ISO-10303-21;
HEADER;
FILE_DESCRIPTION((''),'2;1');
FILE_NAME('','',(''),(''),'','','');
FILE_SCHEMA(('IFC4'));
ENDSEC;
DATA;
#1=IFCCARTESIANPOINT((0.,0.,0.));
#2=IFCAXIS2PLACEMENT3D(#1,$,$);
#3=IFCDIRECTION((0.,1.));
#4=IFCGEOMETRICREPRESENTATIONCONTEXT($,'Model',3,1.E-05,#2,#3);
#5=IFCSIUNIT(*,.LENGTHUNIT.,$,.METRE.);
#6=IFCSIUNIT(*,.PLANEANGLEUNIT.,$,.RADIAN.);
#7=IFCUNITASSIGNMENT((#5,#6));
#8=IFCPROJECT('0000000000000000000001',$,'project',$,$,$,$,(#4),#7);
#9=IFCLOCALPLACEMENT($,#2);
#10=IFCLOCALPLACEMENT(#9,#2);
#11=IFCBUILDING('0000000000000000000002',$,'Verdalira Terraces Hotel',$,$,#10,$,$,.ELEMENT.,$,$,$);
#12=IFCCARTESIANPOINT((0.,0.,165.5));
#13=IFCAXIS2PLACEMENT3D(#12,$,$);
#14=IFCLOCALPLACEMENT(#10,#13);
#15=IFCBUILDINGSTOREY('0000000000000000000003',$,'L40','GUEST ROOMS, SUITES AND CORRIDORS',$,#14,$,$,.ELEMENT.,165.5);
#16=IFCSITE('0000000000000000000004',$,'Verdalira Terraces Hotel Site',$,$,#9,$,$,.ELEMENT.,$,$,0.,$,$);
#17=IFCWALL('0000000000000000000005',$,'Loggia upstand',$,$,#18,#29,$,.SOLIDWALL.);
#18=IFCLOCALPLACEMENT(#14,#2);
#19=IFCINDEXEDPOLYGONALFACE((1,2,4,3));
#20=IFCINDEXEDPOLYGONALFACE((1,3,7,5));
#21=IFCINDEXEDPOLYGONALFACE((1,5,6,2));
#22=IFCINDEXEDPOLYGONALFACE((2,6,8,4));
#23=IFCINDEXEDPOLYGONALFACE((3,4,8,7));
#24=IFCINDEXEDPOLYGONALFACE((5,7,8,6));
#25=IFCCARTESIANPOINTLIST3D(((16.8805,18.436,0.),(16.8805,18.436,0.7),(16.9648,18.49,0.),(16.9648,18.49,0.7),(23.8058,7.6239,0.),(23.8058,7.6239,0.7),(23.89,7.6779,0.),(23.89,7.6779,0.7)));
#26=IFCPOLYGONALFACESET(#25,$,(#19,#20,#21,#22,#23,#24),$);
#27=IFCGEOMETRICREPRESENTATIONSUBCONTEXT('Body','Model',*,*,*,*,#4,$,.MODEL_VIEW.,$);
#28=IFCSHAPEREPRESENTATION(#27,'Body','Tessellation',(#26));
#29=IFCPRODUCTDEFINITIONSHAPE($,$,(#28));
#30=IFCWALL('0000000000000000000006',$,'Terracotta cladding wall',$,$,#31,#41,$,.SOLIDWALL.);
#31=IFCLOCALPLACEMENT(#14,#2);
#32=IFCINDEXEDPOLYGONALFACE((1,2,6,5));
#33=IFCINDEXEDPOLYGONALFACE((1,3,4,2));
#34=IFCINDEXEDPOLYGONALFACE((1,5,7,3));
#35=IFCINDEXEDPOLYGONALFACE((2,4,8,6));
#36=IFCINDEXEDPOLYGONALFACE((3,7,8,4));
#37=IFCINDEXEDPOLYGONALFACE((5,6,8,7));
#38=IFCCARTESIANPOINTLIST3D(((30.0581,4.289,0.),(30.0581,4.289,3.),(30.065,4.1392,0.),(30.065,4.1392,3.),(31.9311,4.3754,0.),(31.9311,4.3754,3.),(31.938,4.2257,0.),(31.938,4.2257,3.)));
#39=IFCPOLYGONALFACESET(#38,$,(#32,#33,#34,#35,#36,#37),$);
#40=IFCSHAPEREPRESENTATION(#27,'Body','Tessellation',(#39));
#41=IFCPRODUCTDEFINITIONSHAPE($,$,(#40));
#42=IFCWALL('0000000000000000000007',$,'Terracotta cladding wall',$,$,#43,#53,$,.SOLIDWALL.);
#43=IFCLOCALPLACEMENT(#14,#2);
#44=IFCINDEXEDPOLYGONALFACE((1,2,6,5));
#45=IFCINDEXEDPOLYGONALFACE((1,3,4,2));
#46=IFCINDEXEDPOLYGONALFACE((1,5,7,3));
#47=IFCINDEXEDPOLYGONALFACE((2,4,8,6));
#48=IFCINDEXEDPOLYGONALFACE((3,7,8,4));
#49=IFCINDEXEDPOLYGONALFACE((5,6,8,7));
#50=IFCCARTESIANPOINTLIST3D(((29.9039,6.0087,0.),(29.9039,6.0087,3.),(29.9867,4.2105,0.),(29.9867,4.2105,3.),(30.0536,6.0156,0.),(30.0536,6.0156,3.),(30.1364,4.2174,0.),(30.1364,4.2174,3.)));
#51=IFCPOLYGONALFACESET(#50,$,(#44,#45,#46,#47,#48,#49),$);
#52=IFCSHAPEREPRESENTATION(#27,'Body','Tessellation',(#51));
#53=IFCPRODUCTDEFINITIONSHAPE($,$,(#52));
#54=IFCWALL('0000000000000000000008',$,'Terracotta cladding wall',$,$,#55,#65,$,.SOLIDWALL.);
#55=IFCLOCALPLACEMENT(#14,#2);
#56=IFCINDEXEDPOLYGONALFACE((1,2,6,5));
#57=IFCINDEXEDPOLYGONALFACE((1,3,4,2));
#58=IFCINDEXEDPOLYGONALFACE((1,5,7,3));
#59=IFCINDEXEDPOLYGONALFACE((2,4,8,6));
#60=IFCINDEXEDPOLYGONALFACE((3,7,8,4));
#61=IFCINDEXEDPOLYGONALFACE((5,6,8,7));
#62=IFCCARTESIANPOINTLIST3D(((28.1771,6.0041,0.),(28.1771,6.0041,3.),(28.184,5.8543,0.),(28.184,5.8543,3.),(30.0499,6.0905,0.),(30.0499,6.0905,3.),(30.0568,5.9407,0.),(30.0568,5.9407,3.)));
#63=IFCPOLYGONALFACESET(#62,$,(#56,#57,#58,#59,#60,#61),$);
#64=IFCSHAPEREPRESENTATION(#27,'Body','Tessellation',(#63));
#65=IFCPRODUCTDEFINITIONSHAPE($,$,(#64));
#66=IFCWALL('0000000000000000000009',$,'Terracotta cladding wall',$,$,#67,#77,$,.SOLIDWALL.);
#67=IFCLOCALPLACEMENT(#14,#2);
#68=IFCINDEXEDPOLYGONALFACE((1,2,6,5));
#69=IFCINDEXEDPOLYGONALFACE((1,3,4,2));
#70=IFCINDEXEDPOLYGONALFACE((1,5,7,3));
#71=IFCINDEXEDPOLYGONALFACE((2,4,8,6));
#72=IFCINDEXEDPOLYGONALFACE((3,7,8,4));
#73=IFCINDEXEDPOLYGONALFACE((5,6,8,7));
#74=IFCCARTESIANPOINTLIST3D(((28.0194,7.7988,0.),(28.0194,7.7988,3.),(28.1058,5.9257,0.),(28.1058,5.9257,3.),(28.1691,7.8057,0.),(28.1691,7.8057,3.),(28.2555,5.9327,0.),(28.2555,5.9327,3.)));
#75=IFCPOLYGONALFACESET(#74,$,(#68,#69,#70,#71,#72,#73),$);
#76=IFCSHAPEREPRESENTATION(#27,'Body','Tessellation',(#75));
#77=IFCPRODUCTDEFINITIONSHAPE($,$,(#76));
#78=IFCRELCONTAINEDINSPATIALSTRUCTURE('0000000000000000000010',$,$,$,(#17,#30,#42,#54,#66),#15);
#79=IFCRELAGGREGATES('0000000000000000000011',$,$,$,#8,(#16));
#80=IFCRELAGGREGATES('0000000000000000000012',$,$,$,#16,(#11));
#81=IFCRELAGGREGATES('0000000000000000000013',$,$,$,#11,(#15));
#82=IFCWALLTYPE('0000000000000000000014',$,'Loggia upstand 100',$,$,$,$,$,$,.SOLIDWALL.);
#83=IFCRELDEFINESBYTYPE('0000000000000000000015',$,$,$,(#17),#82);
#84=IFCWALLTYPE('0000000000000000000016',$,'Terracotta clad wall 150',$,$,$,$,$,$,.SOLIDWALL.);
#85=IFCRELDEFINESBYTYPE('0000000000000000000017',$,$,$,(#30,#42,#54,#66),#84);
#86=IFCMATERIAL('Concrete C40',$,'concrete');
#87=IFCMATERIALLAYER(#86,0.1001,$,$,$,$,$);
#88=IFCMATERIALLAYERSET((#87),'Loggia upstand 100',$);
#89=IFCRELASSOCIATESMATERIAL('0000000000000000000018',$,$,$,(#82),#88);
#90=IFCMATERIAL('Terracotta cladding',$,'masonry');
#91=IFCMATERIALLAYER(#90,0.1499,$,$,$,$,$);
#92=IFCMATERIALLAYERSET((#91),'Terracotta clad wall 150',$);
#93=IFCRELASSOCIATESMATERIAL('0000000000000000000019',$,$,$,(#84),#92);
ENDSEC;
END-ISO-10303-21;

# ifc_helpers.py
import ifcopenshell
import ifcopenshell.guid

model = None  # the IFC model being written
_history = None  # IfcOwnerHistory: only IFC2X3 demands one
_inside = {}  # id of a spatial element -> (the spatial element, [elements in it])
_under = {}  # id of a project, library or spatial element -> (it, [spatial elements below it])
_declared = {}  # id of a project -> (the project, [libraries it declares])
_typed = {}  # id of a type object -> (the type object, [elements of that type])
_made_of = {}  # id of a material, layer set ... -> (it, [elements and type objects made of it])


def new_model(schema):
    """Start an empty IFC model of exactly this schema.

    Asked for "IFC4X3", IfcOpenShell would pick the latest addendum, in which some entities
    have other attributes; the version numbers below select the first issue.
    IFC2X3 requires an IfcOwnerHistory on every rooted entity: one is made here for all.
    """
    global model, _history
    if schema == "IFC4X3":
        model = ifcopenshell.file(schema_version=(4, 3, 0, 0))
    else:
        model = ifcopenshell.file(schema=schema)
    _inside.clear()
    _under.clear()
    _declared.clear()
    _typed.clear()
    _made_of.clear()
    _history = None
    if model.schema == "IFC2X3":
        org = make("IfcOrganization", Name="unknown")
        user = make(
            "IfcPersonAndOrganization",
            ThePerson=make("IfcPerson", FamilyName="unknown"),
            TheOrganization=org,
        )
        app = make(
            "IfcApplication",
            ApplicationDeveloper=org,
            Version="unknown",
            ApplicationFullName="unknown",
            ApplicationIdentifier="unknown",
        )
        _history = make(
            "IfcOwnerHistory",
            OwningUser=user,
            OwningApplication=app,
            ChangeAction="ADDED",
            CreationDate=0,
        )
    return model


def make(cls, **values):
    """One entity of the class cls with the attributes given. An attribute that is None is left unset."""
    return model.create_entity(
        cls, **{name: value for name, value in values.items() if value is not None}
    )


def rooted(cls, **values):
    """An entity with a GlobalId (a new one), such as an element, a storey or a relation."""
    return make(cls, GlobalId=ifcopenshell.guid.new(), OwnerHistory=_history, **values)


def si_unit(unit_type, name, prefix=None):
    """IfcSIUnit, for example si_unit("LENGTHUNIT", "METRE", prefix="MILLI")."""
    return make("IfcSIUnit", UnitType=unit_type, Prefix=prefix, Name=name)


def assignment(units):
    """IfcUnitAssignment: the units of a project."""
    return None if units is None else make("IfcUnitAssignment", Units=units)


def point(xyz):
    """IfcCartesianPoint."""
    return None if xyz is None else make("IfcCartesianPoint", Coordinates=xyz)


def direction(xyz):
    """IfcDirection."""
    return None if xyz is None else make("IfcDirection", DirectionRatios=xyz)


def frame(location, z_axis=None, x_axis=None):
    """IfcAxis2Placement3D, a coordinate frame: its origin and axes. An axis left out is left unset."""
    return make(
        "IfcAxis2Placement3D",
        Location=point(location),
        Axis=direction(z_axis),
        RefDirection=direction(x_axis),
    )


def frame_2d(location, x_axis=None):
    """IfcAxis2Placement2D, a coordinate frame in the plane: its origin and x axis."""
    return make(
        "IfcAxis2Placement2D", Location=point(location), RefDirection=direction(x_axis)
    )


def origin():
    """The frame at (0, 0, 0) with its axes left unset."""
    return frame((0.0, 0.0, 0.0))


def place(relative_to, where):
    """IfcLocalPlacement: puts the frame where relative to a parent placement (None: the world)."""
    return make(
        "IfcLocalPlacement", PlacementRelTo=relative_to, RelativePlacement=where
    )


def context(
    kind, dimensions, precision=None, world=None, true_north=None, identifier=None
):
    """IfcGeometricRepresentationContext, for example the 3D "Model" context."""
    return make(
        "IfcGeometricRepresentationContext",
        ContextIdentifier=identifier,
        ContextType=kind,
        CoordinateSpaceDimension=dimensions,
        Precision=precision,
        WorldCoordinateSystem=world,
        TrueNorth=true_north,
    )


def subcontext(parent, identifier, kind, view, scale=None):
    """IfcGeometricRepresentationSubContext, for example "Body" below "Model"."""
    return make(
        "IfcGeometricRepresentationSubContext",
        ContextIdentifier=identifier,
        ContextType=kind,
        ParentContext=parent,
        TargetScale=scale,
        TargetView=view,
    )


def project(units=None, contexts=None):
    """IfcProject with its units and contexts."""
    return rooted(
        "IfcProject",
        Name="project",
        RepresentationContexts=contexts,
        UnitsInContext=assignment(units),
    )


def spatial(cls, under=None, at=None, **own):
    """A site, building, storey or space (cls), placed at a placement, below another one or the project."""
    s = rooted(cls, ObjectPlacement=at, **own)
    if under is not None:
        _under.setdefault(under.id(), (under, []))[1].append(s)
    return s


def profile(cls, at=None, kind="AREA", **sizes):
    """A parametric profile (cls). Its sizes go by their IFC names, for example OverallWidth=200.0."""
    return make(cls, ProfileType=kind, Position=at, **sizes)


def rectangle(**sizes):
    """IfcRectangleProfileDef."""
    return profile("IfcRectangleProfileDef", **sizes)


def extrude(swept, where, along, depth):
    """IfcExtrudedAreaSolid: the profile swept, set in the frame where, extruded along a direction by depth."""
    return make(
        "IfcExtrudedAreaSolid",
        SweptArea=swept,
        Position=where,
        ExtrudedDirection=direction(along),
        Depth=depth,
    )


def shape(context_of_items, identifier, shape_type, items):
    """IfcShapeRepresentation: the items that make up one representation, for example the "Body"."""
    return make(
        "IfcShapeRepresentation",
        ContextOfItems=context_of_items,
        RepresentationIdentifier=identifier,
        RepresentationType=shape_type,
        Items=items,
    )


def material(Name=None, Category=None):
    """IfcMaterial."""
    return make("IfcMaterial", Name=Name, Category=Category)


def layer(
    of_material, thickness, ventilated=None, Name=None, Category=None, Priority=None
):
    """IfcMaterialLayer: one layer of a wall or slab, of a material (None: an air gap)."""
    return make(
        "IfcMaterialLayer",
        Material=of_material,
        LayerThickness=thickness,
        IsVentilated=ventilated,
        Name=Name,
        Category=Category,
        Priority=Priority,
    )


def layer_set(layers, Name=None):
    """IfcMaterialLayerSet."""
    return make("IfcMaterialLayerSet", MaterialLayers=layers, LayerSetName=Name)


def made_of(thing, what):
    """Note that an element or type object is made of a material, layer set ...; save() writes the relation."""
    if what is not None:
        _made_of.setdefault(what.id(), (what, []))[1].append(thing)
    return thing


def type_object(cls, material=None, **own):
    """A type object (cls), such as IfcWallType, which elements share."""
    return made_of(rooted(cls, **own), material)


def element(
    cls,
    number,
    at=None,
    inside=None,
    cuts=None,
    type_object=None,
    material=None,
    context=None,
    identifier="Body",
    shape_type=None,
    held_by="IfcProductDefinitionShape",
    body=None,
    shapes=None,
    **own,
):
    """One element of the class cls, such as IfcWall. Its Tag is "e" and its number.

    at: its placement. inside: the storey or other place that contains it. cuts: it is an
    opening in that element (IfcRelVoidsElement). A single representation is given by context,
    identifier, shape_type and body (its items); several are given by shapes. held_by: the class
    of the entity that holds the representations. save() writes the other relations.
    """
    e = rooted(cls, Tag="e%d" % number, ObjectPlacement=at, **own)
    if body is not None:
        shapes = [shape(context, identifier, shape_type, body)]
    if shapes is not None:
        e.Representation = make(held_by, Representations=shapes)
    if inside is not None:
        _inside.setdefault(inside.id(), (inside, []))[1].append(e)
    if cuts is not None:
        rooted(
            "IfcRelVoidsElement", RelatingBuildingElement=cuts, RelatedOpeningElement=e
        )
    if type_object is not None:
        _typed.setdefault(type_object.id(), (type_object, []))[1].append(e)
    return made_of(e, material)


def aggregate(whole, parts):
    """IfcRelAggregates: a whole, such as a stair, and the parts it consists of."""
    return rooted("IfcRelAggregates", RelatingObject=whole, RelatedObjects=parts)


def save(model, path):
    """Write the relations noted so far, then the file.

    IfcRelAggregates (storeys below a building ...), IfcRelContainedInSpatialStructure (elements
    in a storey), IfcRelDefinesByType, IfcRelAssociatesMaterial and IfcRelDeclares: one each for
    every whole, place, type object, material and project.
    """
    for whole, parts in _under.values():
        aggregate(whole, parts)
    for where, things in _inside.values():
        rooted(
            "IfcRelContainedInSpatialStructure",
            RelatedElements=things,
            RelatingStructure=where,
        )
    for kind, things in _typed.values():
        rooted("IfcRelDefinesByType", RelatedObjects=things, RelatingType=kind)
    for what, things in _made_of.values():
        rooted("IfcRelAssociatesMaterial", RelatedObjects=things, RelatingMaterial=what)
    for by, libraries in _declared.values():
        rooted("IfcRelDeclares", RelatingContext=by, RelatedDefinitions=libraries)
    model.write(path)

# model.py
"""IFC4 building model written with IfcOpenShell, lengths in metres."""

from ifc_helpers import new_model, si_unit, direction, frame, frame_2d, origin, place, context, subcontext, project, spatial, rectangle, extrude, material, layer, layer_set, type_object, element, save


model = new_model("IFC4")

# Units and contexts
model_context = context("Model", 3, precision=1e-05, world=origin(), true_north=direction((0.0, 1.0)))
body_context = subcontext(model_context, "Body", "Model", "MODEL_VIEW")
ifc_project = project(units=[si_unit("LENGTHUNIT", "METRE"), si_unit("PLANEANGLEUNIT", "RADIAN")], contexts=[model_context])

# Site, building, storey
site_placement = place(None, origin())
site = spatial("IfcSite", under=ifc_project, at=site_placement, Name="Verdalira Terraces Hotel Site", CompositionType="ELEMENT", RefElevation=0.0)
building_placement = place(site_placement, origin())
building = spatial("IfcBuilding", under=site, at=building_placement, Name="Verdalira Terraces Hotel", CompositionType="ELEMENT")
storey_placement = place(building_placement, frame((0.0, 0.0, 165.5)))
storey = spatial("IfcBuildingStorey", under=building, at=storey_placement, Name="L40", Description="GUEST ROOMS, SUITES AND CORRIDORS", CompositionType="ELEMENT", Elevation=165.5)

# Walls
ifc_material_1 = material(Name="Concrete C40", Category="concrete")
ifc_layer_1 = layer(ifc_material_1, 0.1001)
ifc_layer_set_1 = layer_set([ifc_layer_1], Name="Loggia upstand 100")
wall_type_1 = type_object("IfcWallType", Name="Loggia upstand 100", PredefinedType="SOLIDWALL", material=ifc_layer_set_1)
wall_1_placement = place(storey_placement, frame((23.8479, 7.6509, 0.0), z_axis=(0.0, 0.0, 1.0), x_axis=(-0.539355, 0.842079, 0.0)))
element("IfcWall", 1, at=wall_1_placement, inside=storey, type_object=wall_type_1, Name="Loggia upstand", PredefinedType="SOLIDWALL", context=body_context, shape_type="SweptSolid", body=[
    extrude(rectangle(XDim=12.8398, YDim=0.1001, at=frame_2d((6.4199, 0.0))), origin(), (0.0, 0.0, 1.0), 0.7),
])
ifc_material_2 = material(Name="Terracotta cladding", Category="masonry")
ifc_layer_2 = layer(ifc_material_2, 0.1499)
ifc_layer_set_2 = layer_set([ifc_layer_2], Name="Terracotta clad wall 150")
wall_type_2 = type_object("IfcWallType", Name="Terracotta clad wall 150", PredefinedType="SOLIDWALL", material=ifc_layer_set_2)
wall_2_placement = place(storey_placement, frame((31.9346, 4.3005, 0.0), z_axis=(0.0, 0.0, 1.0), x_axis=(-0.998937, -0.046093, 0.0)))
element("IfcWall", 2, at=wall_2_placement, inside=storey, type_object=wall_type_2, Name="Terracotta cladding wall", PredefinedType="SOLIDWALL", context=body_context, shape_type="SweptSolid", body=[
    extrude(rectangle(XDim=1.875, YDim=0.1499, at=frame_2d((0.9375, 0.0))), origin(), (0.0, 0.0, 1.0), 3.0),
])
wall_3_placement = place(storey_placement, frame((30.0615, 4.2141, 0.0), z_axis=(0.0, 0.0, 1.0), x_axis=(-0.04598, 0.998942, 0.0)))
element("IfcWall", 3, at=wall_3_placement, inside=storey, type_object=wall_type_2, Name="Terracotta cladding wall", PredefinedType="SOLIDWALL", context=body_context, shape_type="SweptSolid", body=[
    extrude(rectangle(XDim=1.8, YDim=0.1499, at=frame_2d((0.8999, 0.0))), origin(), (0.0, 0.0, 1.0), 3.0),
])
wall_4_placement = place(storey_placement, frame((30.0535, 6.0156, 0.0), z_axis=(0.0, 0.0, 1.0), x_axis=(-0.998937, -0.046099, 0.0)))
element("IfcWall", 4, at=wall_4_placement, inside=storey, type_object=wall_type_2, Name="Terracotta cladding wall", PredefinedType="SOLIDWALL", context=body_context, shape_type="SweptSolid", body=[
    extrude(rectangle(XDim=1.8748, YDim=0.1499, at=frame_2d((0.9375, 0.0))), origin(), (0.0, 0.0, 1.0), 3.0),
])
wall_5_placement = place(storey_placement, frame((28.1807, 5.9292, 0.0), z_axis=(0.0, 0.0, 1.0), x_axis=(-0.046093, 0.998937, 0.0)))
element("IfcWall", 5, at=wall_5_placement, inside=storey, type_object=wall_type_2, Name="Terracotta cladding wall", PredefinedType="SOLIDWALL", context=body_context, shape_type="SweptSolid", body=[
    extrude(rectangle(XDim=1.875, YDim=0.1499, at=frame_2d((0.9375, 0.0))), origin(), (0.0, 0.0, 1.0), 3.0),
])

save(model, "model.ifc")
